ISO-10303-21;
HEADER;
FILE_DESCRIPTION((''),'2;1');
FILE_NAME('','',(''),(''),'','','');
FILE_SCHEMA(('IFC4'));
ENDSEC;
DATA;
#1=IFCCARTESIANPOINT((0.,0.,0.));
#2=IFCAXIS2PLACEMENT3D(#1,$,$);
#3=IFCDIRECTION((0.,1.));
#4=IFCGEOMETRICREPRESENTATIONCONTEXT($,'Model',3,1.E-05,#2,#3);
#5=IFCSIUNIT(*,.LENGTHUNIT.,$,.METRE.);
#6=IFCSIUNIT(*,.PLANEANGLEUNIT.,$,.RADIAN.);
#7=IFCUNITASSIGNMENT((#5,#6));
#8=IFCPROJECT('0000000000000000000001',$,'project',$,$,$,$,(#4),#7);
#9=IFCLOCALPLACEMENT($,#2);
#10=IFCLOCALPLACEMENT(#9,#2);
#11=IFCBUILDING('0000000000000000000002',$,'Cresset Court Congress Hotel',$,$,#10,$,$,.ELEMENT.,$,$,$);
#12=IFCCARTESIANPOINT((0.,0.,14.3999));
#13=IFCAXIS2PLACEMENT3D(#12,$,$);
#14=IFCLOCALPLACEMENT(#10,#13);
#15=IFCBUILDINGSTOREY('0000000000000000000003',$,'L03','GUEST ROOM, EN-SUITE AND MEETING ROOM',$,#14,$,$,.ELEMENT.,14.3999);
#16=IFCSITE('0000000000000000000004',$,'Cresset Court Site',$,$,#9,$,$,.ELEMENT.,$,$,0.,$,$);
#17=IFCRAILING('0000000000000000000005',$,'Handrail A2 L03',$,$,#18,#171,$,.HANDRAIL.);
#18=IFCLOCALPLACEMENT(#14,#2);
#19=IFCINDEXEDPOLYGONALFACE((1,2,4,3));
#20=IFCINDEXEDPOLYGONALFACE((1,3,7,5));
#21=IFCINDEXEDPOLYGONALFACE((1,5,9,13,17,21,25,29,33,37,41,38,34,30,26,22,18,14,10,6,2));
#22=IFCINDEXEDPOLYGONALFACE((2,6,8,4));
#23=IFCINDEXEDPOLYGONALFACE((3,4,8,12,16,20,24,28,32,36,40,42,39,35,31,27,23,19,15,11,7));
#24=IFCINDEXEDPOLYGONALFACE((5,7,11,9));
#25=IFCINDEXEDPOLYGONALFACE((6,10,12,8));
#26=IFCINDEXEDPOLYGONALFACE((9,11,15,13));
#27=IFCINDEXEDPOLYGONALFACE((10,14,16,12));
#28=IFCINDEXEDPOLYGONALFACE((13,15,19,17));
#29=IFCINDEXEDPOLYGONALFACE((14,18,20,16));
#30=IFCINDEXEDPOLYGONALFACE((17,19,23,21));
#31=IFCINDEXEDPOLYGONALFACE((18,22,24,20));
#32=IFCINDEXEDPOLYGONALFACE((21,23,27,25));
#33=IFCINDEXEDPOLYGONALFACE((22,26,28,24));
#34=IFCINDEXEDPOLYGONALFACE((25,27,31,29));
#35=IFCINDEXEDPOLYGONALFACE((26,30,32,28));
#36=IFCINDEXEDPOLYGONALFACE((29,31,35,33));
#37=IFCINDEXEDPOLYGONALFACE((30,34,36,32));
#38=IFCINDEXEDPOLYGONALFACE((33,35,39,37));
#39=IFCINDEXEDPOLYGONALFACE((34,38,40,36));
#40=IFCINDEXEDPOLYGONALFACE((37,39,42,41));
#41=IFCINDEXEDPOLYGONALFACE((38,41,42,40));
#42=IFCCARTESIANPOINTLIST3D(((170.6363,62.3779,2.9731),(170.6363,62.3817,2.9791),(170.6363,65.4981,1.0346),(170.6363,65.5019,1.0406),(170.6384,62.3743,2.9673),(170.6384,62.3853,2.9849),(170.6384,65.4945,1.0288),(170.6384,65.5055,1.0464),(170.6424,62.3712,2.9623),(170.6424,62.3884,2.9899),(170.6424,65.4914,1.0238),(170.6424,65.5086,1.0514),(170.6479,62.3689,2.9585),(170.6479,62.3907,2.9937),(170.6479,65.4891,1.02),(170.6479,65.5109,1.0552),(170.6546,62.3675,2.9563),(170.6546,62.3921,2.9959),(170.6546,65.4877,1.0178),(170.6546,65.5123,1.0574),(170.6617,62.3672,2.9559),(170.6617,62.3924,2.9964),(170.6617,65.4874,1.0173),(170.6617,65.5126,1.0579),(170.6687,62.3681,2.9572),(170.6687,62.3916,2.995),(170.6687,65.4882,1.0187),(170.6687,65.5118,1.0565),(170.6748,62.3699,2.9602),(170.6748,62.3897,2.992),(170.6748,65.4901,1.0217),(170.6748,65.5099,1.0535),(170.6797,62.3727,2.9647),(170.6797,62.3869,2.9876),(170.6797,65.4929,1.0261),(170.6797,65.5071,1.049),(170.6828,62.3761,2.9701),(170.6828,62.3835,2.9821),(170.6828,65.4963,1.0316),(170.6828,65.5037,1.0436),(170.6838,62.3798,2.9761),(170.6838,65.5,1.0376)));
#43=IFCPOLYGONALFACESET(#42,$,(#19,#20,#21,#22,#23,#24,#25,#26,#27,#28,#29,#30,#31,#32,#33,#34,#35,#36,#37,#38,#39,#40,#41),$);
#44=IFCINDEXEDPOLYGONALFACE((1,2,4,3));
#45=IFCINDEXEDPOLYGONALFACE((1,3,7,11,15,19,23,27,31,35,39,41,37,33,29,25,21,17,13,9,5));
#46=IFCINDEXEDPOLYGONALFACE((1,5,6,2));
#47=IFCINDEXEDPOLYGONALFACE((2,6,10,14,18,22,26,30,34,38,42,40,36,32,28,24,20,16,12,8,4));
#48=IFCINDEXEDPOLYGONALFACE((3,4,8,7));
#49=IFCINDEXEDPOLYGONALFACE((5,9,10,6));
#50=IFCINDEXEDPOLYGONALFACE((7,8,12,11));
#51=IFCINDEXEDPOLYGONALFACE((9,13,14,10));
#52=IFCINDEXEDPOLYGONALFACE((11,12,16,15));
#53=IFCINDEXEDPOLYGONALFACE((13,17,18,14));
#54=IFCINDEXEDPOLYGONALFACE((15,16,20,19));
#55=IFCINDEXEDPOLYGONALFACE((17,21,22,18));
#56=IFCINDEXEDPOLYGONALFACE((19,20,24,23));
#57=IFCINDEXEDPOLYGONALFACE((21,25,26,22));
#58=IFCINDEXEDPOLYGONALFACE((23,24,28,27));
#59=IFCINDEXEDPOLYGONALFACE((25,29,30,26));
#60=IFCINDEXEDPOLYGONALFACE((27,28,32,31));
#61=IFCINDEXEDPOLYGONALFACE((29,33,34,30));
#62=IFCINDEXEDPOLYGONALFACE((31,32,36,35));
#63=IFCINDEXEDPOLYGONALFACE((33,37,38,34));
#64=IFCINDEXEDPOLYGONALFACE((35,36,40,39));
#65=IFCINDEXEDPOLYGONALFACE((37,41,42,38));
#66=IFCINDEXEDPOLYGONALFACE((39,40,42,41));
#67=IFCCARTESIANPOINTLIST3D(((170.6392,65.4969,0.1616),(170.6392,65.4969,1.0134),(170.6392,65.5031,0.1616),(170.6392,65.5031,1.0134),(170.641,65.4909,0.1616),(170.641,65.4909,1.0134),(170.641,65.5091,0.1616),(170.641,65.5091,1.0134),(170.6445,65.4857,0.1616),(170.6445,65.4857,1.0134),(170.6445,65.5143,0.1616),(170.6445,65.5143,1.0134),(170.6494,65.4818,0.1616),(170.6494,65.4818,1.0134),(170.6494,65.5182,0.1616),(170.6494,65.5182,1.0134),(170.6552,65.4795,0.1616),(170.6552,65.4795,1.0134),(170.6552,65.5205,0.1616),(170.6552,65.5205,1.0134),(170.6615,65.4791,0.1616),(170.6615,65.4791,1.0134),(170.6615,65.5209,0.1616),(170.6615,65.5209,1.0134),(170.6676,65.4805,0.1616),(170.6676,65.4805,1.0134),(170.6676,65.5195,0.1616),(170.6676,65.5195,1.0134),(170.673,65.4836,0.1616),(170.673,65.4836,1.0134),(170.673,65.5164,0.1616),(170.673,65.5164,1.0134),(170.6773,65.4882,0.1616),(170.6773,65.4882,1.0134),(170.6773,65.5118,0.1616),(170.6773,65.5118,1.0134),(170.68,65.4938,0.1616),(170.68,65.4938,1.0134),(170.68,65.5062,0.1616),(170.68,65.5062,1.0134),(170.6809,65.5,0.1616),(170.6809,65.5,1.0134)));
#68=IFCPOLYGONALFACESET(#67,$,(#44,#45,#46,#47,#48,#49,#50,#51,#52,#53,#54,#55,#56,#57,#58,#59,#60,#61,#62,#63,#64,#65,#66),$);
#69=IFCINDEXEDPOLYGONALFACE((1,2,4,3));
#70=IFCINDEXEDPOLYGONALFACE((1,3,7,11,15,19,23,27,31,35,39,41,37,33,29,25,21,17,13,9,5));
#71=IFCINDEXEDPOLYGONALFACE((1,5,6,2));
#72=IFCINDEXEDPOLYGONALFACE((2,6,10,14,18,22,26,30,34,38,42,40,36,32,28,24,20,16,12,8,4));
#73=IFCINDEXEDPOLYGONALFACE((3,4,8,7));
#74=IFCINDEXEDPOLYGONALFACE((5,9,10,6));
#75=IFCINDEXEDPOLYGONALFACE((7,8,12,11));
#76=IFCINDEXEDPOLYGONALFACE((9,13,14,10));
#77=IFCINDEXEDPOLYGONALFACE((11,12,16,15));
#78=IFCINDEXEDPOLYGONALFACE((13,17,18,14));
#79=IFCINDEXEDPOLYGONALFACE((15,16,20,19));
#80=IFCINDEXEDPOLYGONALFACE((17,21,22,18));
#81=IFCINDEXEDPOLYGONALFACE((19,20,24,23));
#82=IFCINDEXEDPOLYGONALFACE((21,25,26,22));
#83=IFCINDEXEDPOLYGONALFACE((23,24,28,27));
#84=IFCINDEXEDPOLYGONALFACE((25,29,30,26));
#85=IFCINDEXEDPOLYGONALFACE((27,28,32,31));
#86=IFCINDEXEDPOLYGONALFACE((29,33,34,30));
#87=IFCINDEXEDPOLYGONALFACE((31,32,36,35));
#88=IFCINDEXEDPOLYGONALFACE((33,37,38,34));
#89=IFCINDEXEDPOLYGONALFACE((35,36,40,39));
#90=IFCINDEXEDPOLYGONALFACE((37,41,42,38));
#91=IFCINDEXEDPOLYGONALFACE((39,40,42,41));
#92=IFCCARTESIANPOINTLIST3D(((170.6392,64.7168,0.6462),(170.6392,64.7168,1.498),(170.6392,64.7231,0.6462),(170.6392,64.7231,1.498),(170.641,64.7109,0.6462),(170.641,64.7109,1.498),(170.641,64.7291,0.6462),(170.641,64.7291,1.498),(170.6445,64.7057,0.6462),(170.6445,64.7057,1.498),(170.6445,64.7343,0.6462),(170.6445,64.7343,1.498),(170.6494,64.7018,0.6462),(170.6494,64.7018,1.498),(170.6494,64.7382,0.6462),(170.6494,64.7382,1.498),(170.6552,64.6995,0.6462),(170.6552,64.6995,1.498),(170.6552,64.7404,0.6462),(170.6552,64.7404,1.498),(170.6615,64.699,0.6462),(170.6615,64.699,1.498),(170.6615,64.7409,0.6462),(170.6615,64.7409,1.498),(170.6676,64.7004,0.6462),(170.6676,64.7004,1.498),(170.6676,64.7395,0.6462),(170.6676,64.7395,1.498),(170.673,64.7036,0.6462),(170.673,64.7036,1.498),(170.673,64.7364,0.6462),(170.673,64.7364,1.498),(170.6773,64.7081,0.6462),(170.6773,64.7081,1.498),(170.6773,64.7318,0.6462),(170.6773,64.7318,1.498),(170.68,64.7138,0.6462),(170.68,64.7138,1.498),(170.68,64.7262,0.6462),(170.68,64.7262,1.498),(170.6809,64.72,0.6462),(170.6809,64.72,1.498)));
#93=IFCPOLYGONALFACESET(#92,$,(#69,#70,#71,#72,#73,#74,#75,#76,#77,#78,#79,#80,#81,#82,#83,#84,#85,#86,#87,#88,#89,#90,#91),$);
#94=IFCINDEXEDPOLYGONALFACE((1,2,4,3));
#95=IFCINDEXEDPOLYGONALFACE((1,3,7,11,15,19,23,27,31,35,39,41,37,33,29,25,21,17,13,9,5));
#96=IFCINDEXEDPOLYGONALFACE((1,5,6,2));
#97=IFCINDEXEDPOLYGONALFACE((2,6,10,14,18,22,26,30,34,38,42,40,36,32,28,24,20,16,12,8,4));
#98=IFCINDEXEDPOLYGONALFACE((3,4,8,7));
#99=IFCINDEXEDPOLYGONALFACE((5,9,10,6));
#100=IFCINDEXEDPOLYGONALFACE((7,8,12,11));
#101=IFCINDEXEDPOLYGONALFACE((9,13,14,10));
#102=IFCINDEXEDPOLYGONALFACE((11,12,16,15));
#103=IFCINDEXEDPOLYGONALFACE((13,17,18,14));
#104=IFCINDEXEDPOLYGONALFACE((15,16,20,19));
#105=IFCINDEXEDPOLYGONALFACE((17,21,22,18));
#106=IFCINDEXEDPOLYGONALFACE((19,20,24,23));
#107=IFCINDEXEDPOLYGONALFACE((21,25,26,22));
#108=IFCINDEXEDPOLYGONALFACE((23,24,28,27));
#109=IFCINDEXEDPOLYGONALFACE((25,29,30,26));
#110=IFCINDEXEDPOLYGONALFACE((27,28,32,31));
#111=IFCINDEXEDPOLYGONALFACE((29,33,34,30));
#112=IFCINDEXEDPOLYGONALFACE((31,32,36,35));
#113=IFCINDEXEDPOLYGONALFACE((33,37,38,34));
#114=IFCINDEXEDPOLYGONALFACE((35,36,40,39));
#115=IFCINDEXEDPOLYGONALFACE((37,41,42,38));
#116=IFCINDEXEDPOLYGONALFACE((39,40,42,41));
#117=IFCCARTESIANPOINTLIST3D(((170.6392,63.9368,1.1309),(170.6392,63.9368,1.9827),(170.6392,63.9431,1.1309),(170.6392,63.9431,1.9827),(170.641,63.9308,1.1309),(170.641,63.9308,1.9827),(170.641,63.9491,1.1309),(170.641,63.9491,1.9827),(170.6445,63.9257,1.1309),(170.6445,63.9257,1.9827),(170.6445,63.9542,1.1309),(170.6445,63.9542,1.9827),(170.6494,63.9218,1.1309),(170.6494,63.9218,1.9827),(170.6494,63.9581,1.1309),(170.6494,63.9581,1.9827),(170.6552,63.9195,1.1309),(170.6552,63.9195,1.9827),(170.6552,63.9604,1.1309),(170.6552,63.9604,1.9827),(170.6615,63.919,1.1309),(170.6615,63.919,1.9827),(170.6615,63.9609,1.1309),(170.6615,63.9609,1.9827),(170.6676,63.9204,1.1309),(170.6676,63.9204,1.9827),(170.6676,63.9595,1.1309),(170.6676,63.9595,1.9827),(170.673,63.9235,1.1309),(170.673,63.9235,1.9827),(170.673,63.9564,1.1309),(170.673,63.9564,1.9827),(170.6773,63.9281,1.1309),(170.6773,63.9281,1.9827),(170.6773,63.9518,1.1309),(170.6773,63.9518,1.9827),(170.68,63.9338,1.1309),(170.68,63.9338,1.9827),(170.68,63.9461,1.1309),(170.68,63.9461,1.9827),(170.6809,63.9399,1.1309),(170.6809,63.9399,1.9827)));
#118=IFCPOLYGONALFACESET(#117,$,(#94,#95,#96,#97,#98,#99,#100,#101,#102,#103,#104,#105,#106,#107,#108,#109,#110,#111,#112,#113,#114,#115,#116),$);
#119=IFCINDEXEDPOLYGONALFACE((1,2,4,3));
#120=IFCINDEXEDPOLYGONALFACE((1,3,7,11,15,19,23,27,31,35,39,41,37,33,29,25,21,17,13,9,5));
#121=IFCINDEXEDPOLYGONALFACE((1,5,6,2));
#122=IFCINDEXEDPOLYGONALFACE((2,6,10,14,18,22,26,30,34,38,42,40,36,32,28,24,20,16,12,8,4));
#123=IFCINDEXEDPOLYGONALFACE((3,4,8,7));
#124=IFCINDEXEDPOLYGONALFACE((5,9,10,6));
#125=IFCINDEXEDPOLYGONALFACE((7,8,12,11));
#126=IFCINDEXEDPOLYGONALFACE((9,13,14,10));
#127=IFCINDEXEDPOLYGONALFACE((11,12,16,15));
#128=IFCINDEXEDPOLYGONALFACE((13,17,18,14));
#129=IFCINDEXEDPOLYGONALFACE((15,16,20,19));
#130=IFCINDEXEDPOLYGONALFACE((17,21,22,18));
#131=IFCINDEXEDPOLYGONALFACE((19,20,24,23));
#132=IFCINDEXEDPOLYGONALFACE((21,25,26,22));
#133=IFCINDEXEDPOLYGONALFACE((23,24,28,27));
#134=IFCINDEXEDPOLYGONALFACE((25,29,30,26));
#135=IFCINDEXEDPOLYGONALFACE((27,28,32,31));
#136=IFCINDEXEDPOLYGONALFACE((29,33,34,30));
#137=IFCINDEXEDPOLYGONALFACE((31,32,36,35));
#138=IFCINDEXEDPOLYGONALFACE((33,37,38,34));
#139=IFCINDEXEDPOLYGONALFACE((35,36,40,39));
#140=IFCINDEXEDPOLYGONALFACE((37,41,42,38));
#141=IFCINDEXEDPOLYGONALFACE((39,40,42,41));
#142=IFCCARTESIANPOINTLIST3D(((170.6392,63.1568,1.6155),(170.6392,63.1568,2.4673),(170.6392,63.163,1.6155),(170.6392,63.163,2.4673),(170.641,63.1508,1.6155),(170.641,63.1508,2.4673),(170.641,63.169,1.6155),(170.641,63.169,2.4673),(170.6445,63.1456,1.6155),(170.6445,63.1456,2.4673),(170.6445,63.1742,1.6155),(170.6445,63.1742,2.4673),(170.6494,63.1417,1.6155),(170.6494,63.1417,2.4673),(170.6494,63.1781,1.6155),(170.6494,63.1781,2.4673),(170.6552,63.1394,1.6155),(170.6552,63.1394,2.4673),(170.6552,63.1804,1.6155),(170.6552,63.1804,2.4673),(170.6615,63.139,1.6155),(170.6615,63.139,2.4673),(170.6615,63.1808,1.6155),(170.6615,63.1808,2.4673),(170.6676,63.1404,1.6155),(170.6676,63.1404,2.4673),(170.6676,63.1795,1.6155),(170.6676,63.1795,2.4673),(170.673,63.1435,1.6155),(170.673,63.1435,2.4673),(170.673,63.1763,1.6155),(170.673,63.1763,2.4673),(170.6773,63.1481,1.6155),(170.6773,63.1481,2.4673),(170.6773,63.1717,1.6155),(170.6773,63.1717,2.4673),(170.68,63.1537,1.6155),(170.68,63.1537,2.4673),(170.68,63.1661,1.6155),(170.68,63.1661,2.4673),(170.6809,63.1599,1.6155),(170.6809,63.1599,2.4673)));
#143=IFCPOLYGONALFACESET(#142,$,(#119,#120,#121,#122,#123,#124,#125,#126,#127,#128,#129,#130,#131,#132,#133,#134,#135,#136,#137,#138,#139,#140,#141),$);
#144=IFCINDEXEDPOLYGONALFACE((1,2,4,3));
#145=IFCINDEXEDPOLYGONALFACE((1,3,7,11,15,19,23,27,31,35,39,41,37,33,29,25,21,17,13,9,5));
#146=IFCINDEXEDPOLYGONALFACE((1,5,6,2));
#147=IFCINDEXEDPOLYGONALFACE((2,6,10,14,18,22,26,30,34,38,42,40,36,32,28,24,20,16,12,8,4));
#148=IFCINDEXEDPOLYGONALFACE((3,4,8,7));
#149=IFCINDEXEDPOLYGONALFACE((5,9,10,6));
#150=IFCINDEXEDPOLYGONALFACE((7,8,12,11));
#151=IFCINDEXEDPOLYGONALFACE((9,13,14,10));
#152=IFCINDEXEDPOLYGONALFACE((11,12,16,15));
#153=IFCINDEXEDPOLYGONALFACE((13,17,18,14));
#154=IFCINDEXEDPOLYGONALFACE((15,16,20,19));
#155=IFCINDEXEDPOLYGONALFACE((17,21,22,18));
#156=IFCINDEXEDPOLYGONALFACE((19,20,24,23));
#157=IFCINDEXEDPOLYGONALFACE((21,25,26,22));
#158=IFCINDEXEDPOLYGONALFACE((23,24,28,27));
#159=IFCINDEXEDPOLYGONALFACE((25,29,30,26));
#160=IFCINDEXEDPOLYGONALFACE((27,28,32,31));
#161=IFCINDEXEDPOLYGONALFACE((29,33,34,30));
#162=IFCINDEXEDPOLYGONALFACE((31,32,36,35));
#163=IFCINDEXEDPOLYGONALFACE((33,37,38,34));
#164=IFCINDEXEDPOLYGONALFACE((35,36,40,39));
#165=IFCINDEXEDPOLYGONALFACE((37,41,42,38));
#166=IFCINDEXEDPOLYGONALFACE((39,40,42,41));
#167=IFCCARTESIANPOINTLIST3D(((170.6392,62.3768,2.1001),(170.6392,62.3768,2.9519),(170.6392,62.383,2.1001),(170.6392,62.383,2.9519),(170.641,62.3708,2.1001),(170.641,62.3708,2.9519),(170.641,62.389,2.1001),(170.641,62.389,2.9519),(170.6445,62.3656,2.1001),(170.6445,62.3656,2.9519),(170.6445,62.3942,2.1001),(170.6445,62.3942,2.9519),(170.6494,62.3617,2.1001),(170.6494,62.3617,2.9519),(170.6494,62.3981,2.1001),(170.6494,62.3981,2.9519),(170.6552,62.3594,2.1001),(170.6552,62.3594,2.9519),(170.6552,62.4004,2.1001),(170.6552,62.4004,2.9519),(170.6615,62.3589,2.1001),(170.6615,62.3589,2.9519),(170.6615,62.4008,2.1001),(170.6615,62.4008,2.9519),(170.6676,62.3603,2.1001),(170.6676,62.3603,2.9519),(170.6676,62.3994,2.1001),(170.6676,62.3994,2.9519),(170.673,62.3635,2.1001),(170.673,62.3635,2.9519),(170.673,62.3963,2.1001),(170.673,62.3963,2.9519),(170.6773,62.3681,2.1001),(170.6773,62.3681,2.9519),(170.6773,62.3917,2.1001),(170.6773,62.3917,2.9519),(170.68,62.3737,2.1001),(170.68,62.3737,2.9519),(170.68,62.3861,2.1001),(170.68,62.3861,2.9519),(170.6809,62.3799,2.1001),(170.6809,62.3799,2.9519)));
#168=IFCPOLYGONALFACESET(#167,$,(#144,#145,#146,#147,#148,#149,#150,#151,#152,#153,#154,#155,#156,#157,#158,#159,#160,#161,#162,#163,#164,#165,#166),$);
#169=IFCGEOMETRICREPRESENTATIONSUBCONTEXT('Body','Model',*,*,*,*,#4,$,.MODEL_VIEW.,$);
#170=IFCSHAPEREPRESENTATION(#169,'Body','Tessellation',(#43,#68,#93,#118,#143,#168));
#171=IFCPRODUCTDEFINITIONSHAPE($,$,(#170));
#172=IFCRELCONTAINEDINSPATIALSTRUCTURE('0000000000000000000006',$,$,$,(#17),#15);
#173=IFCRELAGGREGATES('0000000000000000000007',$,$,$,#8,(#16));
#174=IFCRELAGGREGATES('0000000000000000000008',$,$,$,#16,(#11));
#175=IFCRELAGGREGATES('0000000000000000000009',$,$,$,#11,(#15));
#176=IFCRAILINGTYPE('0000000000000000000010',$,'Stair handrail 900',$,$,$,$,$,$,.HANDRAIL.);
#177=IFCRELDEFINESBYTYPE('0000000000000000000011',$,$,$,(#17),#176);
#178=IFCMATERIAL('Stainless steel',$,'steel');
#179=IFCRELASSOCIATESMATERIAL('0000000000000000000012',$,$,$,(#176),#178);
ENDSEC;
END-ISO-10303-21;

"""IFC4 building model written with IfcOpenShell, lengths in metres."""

from ifc_helpers import new_model, si_unit, direction, frame, origin, origin_2d, place, context, subcontext, project, spatial, circle, extrude, material, type_object, element, save


model = new_model("IFC4")

# Units and contexts
model_context = context("Model", 3, precision=1e-05, world=origin(), true_north=direction((0.0, 1.0)))
body_context = subcontext(model_context, "Body", "Model", "MODEL_VIEW")
ifc_project = project(units=[si_unit("LENGTHUNIT", "METRE"), si_unit("PLANEANGLEUNIT", "RADIAN")], contexts=[model_context])

# Site, building, storey
site_placement = place(None, origin())
site = spatial("IfcSite", under=ifc_project, at=site_placement, Name="Cresset Court Site", CompositionType="ELEMENT", RefElevation=0.0)
building_placement = place(site_placement, origin())
building = spatial("IfcBuilding", under=site, at=building_placement, Name="Cresset Court Congress Hotel", CompositionType="ELEMENT")
storey_placement = place(building_placement, frame((0.0, 0.0, 14.3999)))
storey = spatial("IfcBuildingStorey", under=building, at=storey_placement, Name="L03", Description="GUEST ROOM, EN-SUITE AND MEETING ROOM", CompositionType="ELEMENT", Elevation=14.3999)

# Railing
ifc_material_1 = material(Name="Stainless steel", Category="steel")
railing_type_1 = type_object("IfcRailingType", Name="Stair handrail 900", PredefinedType="HANDRAIL", material=ifc_material_1)
for number, where, name in (
    (1, (170.6599, 65.5, 0.1616), "Handrail A2 L03"),
):
    element("IfcRailing", number, at=place(storey_placement, frame(where)), inside=storey, type_object=railing_type_1, Name=name, PredefinedType="HANDRAIL", context=body_context, shape_type="SweptSolid", body=[
        extrude(circle(Radius=0.0239, at=origin_2d()), frame((0.0, 0.0, 0.876), z_axis=(0.0, -0.849414, 0.527727), x_axis=(1.0, 0.0, 0.0)), (0.0, 0.0, 1.0), 3.6733),
        extrude(circle(Radius=0.021, at=origin_2d()), origin(), (0.0, 0.0, 1.0), 0.8518),
        extrude(circle(Radius=0.021, at=origin_2d()), frame((0.0, -0.78, 0.4846)), (0.0, 0.0, 1.0), 0.8518),
        extrude(circle(Radius=0.021, at=origin_2d()), frame((0.0, -1.5601, 0.9692)), (0.0, 0.0, 1.0), 0.8518),
        extrude(circle(Radius=0.021, at=origin_2d()), frame((0.0, -2.3401, 1.4539)), (0.0, 0.0, 1.0), 0.8518),
        extrude(circle(Radius=0.021, at=origin_2d()), frame((0.0, -3.1201, 1.9385)), (0.0, 0.0, 1.0), 0.8518),
    ])

save(model, "model.ifc")
